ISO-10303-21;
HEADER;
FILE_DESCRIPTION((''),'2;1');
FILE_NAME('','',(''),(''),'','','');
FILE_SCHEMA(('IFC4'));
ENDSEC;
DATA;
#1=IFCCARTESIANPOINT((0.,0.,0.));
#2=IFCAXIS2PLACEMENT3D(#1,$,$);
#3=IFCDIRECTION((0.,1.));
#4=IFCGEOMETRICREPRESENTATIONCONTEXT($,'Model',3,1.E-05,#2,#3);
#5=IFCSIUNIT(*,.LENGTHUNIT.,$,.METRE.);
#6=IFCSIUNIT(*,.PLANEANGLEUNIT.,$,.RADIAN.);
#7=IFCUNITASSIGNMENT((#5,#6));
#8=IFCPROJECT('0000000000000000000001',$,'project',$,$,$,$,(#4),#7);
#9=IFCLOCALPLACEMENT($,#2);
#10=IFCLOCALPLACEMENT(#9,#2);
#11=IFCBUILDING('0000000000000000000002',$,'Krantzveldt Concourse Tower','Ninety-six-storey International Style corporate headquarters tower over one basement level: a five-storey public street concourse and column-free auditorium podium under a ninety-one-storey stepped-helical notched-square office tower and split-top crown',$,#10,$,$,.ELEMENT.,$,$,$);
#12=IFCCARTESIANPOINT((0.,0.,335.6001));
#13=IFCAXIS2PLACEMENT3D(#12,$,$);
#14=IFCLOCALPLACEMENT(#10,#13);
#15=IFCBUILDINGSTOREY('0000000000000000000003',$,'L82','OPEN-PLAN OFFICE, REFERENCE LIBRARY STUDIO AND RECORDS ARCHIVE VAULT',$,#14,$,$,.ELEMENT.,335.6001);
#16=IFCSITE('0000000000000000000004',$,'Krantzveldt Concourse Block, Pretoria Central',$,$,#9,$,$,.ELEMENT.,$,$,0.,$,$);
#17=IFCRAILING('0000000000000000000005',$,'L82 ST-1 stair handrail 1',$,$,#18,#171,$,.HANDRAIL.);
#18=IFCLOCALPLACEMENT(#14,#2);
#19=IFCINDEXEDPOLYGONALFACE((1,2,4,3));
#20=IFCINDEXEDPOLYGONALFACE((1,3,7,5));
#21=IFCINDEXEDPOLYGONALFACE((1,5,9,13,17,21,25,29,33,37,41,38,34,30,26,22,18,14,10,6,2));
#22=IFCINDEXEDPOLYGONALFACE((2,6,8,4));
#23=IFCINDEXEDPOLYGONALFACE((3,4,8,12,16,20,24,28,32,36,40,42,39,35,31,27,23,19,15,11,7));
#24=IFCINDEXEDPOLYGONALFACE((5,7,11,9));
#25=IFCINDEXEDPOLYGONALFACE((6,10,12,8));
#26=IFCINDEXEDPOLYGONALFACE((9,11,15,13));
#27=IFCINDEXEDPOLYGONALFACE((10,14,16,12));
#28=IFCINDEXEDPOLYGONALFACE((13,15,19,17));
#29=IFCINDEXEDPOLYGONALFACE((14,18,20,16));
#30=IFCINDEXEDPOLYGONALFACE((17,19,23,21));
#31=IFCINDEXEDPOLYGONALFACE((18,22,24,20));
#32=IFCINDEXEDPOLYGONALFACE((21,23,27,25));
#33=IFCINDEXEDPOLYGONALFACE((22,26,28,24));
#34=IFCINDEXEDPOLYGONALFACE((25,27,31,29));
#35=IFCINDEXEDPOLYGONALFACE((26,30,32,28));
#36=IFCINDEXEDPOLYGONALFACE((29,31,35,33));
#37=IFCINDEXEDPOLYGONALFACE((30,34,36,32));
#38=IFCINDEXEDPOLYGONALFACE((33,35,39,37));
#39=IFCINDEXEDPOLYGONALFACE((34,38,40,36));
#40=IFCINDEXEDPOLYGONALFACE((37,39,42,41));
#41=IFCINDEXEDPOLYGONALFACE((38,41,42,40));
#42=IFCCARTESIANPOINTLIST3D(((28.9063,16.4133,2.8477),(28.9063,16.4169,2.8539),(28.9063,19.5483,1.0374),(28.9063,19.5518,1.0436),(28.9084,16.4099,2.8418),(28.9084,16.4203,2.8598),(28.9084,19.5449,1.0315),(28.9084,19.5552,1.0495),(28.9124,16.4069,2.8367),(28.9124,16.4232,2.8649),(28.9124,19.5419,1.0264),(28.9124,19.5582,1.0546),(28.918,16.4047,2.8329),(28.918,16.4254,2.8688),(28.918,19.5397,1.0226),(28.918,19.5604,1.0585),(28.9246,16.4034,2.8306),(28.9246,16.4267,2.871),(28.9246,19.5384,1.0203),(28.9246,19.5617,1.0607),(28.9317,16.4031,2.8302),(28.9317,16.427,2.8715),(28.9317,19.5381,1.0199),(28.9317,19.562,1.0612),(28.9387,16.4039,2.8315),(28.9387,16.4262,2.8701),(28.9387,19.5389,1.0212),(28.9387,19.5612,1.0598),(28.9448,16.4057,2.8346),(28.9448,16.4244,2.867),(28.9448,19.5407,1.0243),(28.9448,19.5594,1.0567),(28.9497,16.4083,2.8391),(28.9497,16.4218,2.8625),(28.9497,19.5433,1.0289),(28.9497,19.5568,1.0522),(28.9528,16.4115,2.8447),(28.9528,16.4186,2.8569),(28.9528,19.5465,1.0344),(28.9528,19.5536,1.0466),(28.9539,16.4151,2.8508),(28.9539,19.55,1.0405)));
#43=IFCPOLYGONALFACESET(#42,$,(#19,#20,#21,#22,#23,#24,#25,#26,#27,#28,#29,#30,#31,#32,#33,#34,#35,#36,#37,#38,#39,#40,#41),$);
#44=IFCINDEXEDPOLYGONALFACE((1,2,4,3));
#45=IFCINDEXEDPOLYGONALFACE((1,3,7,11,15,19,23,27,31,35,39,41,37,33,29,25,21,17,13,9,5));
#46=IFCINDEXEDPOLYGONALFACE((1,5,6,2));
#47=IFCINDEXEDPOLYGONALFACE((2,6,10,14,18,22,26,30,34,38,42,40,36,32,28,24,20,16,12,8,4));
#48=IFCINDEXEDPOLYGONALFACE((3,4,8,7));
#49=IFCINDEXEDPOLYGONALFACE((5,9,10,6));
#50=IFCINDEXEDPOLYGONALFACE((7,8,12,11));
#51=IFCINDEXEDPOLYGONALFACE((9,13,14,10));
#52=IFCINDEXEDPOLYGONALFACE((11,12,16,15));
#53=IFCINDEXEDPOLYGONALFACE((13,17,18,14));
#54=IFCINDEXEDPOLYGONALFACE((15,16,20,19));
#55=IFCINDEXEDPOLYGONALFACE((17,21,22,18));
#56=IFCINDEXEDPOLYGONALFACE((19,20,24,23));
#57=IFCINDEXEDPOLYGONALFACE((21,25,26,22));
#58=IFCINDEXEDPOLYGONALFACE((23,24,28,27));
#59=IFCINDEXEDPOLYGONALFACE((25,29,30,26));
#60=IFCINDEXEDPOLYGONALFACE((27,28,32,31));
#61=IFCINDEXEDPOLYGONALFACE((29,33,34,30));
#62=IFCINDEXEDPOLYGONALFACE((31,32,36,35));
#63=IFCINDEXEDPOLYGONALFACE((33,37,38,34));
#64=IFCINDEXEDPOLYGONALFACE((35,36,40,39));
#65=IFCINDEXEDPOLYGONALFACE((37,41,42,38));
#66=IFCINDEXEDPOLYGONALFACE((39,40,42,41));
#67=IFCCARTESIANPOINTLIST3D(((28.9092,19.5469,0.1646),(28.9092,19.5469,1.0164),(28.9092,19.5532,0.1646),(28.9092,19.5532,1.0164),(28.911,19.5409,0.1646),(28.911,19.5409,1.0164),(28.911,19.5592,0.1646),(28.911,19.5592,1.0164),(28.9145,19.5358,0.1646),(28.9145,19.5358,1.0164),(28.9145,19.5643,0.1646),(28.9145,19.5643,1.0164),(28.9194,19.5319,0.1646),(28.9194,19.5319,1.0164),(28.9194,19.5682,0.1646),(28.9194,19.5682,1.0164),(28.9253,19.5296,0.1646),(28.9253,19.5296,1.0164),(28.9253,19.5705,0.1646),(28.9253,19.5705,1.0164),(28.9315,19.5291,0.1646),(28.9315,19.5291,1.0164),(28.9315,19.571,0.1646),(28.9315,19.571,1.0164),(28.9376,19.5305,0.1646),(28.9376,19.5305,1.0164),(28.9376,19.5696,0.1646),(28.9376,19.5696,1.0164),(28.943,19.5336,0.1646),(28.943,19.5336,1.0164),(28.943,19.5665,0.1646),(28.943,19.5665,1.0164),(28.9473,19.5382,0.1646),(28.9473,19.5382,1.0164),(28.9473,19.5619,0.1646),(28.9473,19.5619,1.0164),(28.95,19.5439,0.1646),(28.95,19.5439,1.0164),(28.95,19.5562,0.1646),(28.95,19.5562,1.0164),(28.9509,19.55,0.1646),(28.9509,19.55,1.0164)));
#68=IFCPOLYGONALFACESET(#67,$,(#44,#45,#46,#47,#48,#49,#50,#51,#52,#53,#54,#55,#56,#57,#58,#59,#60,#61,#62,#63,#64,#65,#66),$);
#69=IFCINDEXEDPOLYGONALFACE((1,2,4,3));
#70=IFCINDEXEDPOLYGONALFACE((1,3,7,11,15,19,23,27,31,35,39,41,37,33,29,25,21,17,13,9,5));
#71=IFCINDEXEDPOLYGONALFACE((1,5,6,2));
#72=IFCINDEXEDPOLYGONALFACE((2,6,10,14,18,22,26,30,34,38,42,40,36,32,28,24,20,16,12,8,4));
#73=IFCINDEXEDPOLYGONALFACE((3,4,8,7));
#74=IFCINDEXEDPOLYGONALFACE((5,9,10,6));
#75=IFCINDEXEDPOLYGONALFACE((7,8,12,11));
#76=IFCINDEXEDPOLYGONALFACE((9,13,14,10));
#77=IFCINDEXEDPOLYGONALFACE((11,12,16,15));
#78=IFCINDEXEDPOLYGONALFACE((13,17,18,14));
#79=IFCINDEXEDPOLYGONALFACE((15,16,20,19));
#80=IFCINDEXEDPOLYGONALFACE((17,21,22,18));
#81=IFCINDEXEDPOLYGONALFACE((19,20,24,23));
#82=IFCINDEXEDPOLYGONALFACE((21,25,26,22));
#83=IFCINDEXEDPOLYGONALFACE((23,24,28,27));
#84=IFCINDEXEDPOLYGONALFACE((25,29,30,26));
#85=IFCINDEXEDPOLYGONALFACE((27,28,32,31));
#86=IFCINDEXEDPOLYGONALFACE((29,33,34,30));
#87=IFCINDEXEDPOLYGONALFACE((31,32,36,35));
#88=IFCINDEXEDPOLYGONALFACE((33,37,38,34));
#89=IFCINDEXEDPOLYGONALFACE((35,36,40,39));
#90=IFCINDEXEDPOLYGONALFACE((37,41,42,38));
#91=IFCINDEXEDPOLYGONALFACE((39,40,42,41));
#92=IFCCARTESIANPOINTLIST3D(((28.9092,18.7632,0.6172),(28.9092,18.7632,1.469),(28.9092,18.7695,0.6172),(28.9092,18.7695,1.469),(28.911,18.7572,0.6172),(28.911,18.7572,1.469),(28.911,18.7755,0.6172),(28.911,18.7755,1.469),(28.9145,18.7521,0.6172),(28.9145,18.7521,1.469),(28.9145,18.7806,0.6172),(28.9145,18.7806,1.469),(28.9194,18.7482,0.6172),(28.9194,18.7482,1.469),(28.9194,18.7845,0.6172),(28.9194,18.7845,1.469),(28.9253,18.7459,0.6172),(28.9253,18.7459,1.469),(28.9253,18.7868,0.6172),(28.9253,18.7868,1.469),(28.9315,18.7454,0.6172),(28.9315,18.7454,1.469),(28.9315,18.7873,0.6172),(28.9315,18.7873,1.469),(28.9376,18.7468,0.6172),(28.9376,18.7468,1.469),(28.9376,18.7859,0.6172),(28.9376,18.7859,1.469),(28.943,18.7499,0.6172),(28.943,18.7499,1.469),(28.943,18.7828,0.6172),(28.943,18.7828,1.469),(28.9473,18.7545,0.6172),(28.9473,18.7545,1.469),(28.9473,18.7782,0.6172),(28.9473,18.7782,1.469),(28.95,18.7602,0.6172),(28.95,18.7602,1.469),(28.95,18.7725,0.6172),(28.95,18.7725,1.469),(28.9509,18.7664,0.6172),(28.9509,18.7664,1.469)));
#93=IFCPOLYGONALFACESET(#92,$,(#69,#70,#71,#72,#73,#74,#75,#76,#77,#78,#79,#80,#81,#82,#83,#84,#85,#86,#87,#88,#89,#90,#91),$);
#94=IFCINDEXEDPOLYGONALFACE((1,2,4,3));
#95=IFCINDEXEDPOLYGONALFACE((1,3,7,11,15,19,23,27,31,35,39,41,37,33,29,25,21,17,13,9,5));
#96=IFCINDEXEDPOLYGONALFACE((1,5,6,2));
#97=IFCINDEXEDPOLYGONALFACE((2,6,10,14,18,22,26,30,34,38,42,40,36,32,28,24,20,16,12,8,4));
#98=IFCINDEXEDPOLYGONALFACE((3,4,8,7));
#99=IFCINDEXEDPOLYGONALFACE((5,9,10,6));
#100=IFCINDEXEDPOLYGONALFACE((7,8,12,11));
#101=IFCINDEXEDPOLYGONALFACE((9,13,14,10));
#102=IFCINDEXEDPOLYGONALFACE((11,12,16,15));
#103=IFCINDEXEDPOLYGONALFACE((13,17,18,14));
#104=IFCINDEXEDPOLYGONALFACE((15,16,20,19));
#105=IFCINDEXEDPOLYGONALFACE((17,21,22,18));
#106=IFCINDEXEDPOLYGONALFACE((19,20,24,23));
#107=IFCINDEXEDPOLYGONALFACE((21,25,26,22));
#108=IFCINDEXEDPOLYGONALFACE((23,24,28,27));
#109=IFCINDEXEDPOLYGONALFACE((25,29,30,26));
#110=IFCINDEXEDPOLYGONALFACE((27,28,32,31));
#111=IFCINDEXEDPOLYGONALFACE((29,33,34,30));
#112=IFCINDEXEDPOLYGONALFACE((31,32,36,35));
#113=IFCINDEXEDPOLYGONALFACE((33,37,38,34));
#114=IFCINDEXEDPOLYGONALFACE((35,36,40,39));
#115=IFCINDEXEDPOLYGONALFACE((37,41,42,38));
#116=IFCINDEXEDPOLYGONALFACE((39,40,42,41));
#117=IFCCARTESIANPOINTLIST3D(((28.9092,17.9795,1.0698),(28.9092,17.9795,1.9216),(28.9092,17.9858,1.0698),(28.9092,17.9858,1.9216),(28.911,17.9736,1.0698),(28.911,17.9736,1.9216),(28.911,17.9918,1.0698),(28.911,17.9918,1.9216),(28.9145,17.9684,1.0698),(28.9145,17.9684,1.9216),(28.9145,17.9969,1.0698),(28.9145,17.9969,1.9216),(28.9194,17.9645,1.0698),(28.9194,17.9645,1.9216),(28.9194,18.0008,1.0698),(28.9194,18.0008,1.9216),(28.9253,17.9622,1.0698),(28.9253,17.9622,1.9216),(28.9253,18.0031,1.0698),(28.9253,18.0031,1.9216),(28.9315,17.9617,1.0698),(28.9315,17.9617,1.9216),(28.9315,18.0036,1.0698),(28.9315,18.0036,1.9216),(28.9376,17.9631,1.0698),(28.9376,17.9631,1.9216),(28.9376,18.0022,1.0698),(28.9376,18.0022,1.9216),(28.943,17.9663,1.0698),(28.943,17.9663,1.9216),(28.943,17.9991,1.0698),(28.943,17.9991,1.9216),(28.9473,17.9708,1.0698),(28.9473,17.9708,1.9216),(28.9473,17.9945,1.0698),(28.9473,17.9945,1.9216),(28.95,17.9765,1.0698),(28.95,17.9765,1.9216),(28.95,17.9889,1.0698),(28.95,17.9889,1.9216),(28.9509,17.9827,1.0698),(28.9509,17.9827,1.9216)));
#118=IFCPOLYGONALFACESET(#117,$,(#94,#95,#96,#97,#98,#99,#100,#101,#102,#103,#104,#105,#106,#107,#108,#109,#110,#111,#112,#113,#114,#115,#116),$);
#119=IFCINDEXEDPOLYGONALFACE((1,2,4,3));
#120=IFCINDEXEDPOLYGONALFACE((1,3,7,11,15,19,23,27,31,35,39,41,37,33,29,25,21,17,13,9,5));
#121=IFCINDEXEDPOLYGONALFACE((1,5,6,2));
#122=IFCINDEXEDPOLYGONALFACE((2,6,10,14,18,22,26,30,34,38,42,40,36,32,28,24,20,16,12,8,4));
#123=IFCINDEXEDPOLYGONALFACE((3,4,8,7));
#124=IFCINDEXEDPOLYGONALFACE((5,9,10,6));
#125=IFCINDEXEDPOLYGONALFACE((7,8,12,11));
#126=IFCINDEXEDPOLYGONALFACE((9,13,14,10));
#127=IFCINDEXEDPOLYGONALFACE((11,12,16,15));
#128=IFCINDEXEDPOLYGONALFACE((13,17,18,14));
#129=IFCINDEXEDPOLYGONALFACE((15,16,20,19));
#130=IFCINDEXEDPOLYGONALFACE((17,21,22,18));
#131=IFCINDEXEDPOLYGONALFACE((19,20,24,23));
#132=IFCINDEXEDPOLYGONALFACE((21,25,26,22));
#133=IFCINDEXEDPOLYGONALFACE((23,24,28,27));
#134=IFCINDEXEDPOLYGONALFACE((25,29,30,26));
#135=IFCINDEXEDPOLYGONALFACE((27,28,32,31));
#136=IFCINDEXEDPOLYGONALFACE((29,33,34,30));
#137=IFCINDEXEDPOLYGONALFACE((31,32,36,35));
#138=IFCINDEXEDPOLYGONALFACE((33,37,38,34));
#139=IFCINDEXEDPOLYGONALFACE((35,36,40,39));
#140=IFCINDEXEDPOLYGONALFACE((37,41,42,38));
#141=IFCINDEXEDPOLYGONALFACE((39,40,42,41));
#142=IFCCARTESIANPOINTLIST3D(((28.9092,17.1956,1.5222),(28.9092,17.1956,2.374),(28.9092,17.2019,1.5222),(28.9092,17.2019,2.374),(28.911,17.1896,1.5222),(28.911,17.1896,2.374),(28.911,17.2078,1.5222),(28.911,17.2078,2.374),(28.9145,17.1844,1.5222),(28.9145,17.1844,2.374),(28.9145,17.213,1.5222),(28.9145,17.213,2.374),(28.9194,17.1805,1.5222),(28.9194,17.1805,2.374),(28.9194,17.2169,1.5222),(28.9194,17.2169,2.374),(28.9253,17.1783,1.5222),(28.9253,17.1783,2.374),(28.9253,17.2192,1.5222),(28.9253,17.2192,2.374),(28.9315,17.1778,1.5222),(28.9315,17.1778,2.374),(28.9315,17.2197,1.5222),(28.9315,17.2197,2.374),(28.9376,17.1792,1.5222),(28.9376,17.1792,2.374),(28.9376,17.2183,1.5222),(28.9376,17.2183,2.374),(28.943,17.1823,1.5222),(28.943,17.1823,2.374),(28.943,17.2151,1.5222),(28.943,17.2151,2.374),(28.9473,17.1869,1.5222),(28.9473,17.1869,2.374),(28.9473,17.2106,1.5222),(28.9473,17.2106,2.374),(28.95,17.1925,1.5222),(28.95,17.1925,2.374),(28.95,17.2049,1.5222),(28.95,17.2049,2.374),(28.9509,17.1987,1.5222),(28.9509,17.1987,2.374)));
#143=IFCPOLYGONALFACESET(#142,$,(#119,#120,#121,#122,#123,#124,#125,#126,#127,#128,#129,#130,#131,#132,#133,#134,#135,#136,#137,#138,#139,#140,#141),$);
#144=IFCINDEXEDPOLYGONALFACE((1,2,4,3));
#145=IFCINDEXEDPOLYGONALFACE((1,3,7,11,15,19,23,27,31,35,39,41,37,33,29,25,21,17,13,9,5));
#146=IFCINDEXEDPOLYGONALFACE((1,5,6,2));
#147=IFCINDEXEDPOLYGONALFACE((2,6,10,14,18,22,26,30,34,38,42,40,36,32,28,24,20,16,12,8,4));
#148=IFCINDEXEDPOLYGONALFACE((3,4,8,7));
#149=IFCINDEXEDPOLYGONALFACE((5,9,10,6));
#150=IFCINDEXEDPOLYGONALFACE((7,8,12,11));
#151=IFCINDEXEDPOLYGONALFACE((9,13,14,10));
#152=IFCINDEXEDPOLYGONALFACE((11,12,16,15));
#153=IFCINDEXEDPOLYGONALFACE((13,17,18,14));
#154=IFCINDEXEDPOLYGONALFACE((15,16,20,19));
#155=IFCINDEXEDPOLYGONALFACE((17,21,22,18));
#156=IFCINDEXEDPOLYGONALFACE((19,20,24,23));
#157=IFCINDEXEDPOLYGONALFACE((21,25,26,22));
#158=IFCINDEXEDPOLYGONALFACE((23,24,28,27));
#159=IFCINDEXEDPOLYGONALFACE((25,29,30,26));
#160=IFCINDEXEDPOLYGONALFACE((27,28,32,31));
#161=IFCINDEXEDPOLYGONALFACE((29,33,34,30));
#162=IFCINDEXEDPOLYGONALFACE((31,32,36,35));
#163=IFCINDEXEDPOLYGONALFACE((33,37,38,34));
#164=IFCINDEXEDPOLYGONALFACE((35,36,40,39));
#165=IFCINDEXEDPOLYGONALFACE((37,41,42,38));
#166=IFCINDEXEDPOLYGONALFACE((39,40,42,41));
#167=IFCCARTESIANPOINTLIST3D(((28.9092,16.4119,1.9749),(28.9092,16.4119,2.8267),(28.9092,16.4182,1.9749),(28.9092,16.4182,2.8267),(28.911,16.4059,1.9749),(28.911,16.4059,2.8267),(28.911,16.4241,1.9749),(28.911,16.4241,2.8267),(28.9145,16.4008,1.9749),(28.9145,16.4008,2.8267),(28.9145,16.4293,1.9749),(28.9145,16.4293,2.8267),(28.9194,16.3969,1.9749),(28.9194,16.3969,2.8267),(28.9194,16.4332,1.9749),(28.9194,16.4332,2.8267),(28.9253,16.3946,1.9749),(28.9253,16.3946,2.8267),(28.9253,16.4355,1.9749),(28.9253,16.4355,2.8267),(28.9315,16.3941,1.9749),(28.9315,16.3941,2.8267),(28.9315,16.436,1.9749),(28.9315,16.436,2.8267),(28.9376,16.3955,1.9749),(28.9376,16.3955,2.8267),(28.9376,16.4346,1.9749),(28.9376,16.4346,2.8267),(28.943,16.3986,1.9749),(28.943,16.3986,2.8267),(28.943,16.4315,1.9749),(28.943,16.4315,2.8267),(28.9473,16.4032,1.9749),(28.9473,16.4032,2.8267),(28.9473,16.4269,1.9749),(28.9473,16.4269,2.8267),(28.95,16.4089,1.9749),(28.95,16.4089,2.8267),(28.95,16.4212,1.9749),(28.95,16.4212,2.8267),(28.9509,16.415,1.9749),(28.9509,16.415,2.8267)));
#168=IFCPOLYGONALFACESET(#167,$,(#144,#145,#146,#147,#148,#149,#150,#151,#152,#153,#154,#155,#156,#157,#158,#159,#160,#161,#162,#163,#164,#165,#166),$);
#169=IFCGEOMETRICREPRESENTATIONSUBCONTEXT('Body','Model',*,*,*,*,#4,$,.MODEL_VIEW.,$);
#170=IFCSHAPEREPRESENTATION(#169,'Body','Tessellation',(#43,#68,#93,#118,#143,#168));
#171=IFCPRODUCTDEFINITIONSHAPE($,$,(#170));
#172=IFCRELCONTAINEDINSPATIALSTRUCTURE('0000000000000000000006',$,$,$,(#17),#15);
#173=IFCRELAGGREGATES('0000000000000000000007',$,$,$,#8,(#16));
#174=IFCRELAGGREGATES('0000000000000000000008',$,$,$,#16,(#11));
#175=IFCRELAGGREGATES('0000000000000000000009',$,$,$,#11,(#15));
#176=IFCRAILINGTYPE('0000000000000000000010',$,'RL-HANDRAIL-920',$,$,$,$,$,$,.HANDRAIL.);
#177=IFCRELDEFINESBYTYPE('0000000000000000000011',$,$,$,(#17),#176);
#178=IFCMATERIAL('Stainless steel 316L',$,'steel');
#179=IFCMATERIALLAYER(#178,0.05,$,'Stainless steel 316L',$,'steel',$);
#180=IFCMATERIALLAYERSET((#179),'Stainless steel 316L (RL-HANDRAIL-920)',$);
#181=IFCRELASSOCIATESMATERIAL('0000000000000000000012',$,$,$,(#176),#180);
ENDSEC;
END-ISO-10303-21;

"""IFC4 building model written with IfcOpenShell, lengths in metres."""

from ifc_helpers import new_model, si_unit, direction, frame, origin, origin_2d, place, context, subcontext, project, spatial, circle, extrude, material, layer, layer_set, type_object, element, save


model = new_model("IFC4")

# Units and contexts
model_context = context("Model", 3, precision=1e-05, world=origin(), true_north=direction((0.0, 1.0)))
body_context = subcontext(model_context, "Body", "Model", "MODEL_VIEW")
ifc_project = project(units=[si_unit("LENGTHUNIT", "METRE"), si_unit("PLANEANGLEUNIT", "RADIAN")], contexts=[model_context])

# Site, building, storey
site_placement = place(None, origin())
site = spatial("IfcSite", under=ifc_project, at=site_placement, Name="Krantzveldt Concourse Block, Pretoria Central", CompositionType="ELEMENT", RefElevation=0.0)
building_placement = place(site_placement, origin())
building = spatial("IfcBuilding", under=site, at=building_placement, Name="Krantzveldt Concourse Tower", Description="Ninety-six-storey International Style corporate headquarters tower over one basement level: a five-storey public street concourse and column-free auditorium podium under a ninety-one-storey stepped-helical notched-square office tower and split-top crown", CompositionType="ELEMENT")
storey_placement = place(building_placement, frame((0.0, 0.0, 335.6001)))
storey = spatial("IfcBuildingStorey", under=building, at=storey_placement, Name="L82", Description="OPEN-PLAN OFFICE, REFERENCE LIBRARY STUDIO AND RECORDS ARCHIVE VAULT", CompositionType="ELEMENT", Elevation=335.6001)

# Shared definitions
ifc_material_1 = material(Name="Stainless steel 316L", Category="steel")

# Railing
ifc_layer_1 = layer(ifc_material_1, 0.05, Name="Stainless steel 316L", Category="steel")
ifc_layer_set_1 = layer_set([ifc_layer_1], Name="Stainless steel 316L (RL-HANDRAIL-920)")
railing_type_1 = type_object("IfcRailingType", Name="RL-HANDRAIL-920", PredefinedType="HANDRAIL", material=ifc_layer_set_1)
railing_1_placement = place(storey_placement, frame((28.9299, 19.55, 0.1646)))
element("IfcRailing", 1, at=railing_1_placement, inside=storey, type_object=railing_type_1, Name="L82 ST-1 stair handrail 1", PredefinedType="HANDRAIL", context=body_context, shape_type="SweptSolid", body=[
    extrude(circle(Radius=0.0239, at=origin_2d()), frame((0.0, 0.0, 0.876), z_axis=(0.0, -0.865989, 0.500063), x_axis=(1.0, 0.0, 0.0)), (0.0, 0.0, 1.0), 3.6201),
    extrude(circle(Radius=0.021, at=origin_2d()), origin(), (0.0, 0.0, 1.0), 0.8518),
    extrude(circle(Radius=0.021, at=origin_2d()), frame((0.0, -0.7837, 0.4526)), (0.0, 0.0, 1.0), 0.8518),
    extrude(circle(Radius=0.021, at=origin_2d()), frame((0.0, -1.5674, 0.9053)), (0.0, 0.0, 1.0), 0.8518),
    extrude(circle(Radius=0.021, at=origin_2d()), frame((0.0, -2.3513, 1.3577)), (0.0, 0.0, 1.0), 0.8518),
    extrude(circle(Radius=0.021, at=origin_2d()), frame((0.0, -3.135, 1.8103)), (0.0, 0.0, 1.0), 0.8518),
])

save(model, "model.ifc")
